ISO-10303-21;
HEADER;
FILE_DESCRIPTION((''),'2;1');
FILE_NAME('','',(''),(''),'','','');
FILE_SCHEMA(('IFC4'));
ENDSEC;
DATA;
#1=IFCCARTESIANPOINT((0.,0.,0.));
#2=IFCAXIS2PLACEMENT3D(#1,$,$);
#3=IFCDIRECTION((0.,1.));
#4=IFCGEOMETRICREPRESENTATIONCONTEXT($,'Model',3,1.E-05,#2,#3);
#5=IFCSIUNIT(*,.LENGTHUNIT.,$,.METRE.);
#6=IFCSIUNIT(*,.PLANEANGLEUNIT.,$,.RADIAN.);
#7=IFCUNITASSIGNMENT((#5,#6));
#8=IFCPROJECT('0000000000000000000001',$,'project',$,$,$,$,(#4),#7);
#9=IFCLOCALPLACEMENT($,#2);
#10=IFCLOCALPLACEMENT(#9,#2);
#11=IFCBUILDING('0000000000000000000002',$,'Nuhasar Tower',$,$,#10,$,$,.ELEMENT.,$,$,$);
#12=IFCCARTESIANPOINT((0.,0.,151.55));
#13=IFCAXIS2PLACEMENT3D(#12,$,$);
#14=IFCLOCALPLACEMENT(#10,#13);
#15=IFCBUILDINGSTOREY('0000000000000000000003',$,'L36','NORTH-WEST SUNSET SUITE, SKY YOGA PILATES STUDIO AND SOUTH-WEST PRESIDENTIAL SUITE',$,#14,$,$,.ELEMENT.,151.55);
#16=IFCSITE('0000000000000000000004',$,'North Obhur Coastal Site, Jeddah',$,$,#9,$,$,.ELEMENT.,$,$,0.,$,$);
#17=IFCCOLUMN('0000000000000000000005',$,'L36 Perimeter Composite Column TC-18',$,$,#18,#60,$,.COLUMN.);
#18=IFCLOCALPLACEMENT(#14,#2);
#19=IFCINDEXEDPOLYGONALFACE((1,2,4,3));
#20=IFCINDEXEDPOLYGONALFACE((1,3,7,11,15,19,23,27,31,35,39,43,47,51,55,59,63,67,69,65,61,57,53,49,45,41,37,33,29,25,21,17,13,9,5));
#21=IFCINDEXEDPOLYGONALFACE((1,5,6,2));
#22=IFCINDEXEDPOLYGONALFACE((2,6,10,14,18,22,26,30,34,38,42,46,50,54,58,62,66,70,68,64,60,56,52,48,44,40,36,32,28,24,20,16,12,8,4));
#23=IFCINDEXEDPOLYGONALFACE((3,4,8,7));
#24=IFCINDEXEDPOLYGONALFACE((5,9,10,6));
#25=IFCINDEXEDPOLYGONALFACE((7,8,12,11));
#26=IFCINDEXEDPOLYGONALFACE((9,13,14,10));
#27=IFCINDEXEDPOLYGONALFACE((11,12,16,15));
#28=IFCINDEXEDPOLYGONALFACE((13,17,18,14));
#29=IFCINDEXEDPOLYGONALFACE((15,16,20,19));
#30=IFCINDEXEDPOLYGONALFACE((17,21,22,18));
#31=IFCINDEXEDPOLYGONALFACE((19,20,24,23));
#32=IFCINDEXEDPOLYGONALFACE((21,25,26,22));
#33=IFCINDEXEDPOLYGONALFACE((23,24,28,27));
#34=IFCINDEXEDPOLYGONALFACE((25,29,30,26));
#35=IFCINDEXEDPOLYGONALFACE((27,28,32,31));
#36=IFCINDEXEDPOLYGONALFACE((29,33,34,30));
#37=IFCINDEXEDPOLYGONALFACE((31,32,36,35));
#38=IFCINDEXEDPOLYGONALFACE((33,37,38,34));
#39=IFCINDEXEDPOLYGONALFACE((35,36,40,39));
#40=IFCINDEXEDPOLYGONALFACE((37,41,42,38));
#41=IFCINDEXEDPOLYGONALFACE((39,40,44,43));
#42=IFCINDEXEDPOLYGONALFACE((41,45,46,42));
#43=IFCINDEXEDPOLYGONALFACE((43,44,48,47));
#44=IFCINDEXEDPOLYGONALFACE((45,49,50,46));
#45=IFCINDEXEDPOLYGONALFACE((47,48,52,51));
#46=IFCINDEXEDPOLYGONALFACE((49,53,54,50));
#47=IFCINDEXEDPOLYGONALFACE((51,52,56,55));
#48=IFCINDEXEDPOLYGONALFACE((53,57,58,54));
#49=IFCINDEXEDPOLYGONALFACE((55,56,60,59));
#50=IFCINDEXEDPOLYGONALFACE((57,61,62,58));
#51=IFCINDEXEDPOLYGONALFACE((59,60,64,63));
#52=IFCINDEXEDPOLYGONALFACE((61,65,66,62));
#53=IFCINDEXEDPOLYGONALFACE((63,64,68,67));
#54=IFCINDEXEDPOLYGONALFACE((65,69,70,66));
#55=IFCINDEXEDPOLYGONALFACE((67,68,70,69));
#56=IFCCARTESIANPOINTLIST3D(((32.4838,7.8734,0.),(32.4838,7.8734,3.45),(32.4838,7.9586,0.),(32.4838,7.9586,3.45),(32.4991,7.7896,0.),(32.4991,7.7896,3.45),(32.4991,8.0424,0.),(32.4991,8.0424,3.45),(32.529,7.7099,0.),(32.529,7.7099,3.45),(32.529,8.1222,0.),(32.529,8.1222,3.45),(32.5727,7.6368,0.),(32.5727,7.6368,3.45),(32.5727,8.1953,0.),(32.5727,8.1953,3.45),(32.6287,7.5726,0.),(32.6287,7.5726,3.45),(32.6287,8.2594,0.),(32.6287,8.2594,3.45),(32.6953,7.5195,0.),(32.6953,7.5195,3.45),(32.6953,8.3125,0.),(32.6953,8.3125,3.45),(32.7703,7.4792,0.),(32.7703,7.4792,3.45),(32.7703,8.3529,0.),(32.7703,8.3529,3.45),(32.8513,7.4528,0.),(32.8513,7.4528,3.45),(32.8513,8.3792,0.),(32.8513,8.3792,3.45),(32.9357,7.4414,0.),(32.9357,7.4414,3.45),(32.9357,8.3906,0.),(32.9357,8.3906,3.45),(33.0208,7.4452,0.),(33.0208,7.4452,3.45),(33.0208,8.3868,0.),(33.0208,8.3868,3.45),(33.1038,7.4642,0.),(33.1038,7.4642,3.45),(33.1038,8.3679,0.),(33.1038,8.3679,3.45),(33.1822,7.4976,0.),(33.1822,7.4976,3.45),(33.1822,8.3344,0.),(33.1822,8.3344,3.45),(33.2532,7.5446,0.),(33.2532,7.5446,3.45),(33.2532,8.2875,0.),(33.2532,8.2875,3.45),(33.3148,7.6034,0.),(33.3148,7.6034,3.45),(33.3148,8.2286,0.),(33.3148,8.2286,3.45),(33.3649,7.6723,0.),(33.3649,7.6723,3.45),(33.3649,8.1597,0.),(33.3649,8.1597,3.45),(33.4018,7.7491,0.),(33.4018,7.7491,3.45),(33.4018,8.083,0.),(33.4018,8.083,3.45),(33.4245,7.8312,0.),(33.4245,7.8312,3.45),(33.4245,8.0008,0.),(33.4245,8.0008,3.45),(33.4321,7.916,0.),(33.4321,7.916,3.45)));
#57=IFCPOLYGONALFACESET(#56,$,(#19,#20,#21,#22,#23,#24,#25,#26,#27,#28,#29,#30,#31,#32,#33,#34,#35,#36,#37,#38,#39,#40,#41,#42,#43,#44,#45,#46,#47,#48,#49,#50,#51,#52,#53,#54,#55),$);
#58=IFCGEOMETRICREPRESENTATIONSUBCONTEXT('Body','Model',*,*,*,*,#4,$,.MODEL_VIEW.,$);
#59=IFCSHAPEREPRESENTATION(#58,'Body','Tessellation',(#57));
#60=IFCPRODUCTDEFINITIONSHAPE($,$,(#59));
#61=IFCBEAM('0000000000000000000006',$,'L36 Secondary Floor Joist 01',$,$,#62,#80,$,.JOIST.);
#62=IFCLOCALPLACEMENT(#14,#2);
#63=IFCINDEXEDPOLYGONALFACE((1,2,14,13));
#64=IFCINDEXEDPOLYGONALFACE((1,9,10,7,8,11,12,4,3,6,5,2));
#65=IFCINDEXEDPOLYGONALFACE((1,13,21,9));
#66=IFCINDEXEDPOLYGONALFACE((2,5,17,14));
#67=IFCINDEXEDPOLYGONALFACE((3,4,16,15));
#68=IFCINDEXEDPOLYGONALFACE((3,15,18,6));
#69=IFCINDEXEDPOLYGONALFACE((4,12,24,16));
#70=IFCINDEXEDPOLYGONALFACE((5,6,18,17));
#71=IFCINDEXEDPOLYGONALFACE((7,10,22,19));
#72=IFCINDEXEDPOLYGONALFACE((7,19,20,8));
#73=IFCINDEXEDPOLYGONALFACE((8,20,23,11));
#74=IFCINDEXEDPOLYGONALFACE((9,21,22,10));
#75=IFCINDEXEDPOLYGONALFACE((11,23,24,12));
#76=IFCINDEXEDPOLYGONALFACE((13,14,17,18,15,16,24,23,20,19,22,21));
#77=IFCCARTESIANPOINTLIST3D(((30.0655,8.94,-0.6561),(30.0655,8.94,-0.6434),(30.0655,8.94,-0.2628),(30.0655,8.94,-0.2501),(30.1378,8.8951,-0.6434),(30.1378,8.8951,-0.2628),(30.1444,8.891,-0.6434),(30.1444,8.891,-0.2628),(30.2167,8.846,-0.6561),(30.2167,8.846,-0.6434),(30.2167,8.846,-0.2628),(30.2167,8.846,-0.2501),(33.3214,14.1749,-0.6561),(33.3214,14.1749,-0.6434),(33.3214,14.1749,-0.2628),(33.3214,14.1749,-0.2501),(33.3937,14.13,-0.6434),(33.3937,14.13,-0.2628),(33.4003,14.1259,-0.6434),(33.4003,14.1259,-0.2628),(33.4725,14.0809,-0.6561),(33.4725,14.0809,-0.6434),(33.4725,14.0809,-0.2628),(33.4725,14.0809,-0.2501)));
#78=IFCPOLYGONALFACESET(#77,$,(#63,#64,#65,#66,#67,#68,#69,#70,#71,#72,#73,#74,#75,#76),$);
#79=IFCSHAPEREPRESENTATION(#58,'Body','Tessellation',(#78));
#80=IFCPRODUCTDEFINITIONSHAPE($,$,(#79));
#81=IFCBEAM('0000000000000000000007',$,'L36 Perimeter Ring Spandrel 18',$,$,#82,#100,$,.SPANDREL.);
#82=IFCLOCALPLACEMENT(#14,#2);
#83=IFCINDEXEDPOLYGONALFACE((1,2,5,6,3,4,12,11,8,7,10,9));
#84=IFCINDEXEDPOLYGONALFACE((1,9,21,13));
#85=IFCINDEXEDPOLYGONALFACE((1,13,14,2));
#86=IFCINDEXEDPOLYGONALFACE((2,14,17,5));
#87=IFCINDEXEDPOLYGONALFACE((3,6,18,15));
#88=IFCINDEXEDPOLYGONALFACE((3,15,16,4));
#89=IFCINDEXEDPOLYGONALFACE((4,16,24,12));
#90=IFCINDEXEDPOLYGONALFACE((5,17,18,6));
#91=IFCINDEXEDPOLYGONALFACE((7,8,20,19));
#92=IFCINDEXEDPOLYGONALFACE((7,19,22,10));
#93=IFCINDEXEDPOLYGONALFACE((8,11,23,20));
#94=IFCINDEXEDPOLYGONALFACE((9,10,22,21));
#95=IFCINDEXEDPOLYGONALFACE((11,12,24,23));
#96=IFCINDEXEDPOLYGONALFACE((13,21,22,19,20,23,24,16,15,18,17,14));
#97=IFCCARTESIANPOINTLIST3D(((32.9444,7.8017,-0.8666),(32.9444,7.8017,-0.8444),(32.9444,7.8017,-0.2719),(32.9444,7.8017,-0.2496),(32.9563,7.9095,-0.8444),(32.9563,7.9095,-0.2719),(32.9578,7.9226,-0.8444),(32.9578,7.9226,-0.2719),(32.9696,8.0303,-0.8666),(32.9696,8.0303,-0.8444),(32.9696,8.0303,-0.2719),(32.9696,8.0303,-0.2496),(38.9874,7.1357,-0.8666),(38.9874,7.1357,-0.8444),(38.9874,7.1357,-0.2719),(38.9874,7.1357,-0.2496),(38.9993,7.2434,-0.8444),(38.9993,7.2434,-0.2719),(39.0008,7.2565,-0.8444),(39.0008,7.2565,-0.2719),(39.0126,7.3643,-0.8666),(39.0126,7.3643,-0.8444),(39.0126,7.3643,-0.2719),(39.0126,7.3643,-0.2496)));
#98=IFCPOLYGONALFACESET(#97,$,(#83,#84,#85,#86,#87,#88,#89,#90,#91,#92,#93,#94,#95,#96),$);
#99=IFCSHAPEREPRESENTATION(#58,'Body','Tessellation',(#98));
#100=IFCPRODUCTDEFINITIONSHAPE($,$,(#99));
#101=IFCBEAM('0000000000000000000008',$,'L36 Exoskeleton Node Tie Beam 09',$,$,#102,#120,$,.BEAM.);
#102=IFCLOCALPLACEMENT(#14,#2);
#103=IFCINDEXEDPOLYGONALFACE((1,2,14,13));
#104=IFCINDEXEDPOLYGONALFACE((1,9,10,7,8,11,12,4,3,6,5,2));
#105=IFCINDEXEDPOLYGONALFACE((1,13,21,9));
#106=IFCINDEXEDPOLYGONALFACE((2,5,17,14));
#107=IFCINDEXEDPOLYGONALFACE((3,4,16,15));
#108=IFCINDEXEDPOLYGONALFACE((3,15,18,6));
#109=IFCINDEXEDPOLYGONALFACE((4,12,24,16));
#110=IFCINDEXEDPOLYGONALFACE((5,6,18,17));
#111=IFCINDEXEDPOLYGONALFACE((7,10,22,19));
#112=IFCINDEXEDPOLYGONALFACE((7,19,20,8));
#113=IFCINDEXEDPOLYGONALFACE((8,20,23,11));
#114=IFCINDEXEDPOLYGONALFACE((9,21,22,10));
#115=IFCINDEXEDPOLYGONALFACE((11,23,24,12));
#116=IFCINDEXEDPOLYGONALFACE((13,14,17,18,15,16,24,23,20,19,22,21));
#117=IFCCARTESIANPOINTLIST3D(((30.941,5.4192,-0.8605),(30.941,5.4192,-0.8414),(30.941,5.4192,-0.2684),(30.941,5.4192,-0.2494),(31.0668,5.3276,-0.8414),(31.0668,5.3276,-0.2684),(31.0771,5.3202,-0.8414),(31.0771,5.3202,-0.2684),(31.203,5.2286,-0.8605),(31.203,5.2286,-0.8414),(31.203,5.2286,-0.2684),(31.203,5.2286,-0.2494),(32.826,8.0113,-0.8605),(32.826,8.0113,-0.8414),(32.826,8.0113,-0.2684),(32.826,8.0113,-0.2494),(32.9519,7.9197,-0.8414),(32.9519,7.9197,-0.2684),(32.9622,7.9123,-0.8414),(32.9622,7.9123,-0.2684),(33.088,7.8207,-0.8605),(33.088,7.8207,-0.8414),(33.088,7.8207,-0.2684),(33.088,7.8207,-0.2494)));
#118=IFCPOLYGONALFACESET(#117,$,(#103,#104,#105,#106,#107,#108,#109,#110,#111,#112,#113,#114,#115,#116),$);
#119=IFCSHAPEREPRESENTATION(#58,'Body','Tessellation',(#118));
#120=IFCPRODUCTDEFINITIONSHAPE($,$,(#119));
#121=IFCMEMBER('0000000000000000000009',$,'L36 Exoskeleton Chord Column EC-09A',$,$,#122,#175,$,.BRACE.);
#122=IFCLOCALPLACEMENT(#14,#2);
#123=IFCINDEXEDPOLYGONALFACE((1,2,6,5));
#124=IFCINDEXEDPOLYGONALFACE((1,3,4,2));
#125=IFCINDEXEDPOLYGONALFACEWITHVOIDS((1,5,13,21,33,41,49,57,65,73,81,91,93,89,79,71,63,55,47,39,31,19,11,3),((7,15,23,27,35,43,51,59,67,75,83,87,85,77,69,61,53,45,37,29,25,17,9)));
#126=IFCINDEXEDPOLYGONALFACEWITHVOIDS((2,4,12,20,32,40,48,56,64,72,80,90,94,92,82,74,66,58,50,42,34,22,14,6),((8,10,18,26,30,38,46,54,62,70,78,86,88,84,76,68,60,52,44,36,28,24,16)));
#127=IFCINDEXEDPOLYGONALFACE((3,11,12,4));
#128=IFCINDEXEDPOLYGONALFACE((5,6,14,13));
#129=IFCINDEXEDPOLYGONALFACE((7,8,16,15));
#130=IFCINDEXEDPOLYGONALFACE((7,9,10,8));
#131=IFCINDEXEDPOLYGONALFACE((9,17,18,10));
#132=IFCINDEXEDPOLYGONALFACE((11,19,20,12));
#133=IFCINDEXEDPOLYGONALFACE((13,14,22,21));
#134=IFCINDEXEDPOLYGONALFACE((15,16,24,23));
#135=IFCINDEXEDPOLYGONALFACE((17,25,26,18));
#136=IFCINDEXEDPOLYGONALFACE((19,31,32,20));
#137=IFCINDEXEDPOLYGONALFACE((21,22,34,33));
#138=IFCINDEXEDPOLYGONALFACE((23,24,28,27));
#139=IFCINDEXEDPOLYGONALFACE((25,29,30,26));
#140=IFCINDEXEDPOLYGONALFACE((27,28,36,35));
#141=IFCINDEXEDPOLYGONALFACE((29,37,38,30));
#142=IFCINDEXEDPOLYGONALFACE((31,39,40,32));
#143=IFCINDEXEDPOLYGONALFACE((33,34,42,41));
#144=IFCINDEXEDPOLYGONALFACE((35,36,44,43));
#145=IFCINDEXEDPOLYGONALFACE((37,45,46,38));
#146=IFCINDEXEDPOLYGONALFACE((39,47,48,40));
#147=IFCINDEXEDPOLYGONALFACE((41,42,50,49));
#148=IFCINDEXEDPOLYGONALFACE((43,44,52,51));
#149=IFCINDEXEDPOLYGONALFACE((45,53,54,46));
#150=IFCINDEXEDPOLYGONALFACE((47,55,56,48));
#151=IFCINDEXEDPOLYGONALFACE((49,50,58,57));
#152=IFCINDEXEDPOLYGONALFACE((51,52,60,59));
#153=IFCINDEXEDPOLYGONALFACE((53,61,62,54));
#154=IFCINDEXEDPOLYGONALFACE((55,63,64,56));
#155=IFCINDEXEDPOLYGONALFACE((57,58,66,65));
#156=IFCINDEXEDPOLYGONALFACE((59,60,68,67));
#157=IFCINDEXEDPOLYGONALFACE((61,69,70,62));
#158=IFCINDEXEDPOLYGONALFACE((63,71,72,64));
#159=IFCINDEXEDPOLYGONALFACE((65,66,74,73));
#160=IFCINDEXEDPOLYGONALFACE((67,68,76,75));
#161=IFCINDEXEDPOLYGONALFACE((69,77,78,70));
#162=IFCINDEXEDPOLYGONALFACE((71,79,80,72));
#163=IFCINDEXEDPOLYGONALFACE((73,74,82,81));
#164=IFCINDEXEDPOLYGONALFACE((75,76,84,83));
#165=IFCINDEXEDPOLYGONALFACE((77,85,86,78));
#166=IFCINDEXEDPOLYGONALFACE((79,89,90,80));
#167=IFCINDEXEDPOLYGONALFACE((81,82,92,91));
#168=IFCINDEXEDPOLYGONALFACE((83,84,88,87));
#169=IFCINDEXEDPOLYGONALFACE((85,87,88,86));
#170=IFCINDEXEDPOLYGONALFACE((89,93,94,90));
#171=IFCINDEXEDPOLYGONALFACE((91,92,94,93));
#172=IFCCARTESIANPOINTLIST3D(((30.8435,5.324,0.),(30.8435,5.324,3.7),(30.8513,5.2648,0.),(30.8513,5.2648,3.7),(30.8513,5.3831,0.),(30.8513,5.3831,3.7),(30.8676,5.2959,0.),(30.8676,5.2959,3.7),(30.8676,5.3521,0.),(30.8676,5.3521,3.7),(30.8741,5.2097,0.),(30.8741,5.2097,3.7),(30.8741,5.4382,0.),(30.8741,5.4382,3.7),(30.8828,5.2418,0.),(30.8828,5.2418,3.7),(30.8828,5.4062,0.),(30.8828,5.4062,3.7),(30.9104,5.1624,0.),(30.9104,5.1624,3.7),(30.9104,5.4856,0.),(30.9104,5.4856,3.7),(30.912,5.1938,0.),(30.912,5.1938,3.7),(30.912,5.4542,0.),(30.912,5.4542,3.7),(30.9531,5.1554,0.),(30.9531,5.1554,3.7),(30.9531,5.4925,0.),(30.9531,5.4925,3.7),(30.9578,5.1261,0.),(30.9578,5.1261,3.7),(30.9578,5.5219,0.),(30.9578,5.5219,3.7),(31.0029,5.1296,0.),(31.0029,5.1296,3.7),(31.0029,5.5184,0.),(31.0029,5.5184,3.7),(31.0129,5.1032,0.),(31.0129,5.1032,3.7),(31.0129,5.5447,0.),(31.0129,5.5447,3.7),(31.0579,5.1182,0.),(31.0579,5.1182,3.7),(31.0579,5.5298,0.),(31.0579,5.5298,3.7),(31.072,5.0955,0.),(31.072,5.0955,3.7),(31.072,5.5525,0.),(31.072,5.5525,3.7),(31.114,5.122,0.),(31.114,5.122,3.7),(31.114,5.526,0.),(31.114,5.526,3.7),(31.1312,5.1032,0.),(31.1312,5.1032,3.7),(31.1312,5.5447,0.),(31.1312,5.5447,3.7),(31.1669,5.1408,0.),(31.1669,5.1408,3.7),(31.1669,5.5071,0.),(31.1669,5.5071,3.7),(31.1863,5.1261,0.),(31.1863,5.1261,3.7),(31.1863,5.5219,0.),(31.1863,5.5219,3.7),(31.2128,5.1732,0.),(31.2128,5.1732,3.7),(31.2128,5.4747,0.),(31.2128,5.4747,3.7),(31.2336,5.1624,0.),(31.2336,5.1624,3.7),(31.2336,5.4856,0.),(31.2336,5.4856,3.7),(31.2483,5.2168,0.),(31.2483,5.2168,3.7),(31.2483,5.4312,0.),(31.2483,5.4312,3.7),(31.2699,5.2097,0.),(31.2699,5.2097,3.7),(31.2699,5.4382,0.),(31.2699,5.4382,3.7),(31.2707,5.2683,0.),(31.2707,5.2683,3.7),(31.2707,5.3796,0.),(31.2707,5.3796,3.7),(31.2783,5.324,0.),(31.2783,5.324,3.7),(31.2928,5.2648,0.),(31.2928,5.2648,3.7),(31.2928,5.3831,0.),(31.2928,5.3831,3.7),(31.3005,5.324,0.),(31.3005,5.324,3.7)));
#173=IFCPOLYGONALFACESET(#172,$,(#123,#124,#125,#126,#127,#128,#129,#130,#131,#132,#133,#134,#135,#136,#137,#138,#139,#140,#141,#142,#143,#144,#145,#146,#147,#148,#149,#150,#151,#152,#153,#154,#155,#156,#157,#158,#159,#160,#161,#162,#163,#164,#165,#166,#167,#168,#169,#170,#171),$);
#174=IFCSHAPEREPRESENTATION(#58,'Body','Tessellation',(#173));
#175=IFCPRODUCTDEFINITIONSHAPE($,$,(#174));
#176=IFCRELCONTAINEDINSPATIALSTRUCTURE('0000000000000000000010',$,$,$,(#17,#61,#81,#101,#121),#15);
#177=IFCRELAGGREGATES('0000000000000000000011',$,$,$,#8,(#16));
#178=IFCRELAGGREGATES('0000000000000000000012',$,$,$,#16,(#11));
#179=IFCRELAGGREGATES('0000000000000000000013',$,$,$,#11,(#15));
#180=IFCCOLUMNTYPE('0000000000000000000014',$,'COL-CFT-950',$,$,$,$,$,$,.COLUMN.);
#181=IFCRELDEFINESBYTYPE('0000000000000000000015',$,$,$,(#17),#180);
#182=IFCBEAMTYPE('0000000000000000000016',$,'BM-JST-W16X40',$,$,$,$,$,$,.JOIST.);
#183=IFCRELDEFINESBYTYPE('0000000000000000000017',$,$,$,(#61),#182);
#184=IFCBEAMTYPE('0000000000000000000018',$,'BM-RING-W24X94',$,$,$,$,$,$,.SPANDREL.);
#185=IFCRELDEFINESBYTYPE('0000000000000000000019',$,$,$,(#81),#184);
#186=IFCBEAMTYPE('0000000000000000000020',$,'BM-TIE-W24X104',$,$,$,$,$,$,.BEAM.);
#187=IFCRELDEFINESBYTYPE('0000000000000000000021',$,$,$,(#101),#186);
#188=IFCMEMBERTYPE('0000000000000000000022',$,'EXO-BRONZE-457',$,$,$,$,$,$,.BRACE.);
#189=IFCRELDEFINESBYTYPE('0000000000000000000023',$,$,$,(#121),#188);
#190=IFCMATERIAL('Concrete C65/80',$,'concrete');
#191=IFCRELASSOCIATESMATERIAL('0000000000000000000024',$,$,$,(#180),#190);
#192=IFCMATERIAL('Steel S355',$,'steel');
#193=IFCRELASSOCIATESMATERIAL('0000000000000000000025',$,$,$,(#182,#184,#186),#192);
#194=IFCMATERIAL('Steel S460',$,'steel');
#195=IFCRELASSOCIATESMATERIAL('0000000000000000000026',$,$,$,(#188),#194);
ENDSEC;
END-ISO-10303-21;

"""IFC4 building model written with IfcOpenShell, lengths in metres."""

from ifc_helpers import new_model, si_unit, direction, frame, origin, origin_2d, place, context, subcontext, project, spatial, circle, hollow_circle, i_section, extrude, material, material_profile, profile_set, type_object, element, save


model = new_model("IFC4")

# Units and contexts
model_context = context("Model", 3, precision=1e-05, world=origin(), true_north=direction((0.0, 1.0)))
body_context = subcontext(model_context, "Body", "Model", "MODEL_VIEW")
ifc_project = project(units=[si_unit("LENGTHUNIT", "METRE"), si_unit("PLANEANGLEUNIT", "RADIAN")], contexts=[model_context])

# Site, building, storey
site_placement = place(None, origin())
site = spatial("IfcSite", under=ifc_project, at=site_placement, Name="North Obhur Coastal Site, Jeddah", CompositionType="ELEMENT", RefElevation=0.0)
building_placement = place(site_placement, origin())
building = spatial("IfcBuilding", under=site, at=building_placement, Name="Nuhasar Tower", CompositionType="ELEMENT")
storey_placement = place(building_placement, frame((0.0, 0.0, 151.55)))
storey = spatial("IfcBuildingStorey", under=building, at=storey_placement, Name="L36", Description="NORTH-WEST SUNSET SUITE, SKY YOGA PILATES STUDIO AND SOUTH-WEST PRESIDENTIAL SUITE", CompositionType="ELEMENT", Elevation=151.55)

# Column
ifc_material_1 = material(Name="Concrete C65/80", Category="concrete")
ifc_material_profile_1 = material_profile(ifc_material_1, circle(Radius=0.4751, at=origin_2d()), Name="CFT950")
ifc_profile_set_1 = profile_set([ifc_material_profile_1], Name="Concrete C65/80")
column_type = type_object("IfcColumnType", Name="COL-CFT-950", PredefinedType="COLUMN", material=ifc_profile_set_1)
column_placement = place(storey_placement, frame((32.957, 7.916, 0.0), z_axis=(0.0, 0.0, 1.0), x_axis=(1.0, 0.0, 0.0)))
element("IfcColumn", 1, at=column_placement, inside=storey, type_object=column_type, Name="L36 Perimeter Composite Column TC-18", PredefinedType="COLUMN", context=body_context, shape_type="SweptSolid", body=[
    extrude(circle(Radius=0.4751, at=origin_2d()), origin(), (0.0, 0.0, 1.0), 3.45),
])

# Beams
ifc_material_2 = material(Name="Steel S355", Category="steel")
ifc_material_profile_2 = material_profile(ifc_material_2, i_section(OverallWidth=0.178, OverallDepth=0.406, WebThickness=0.0078, FlangeThickness=0.0127, at=origin_2d()), Name="W16X40")
ifc_profile_set_2 = profile_set([ifc_material_profile_2], Name="Steel S355")
beam_type_1 = type_object("IfcBeamType", Name="BM-JST-W16X40", PredefinedType="JOIST", material=ifc_profile_set_2)
beam_1_placement = place(storey_placement, frame((33.397, 14.1279, -0.4531), z_axis=(-0.528139, -0.849158, 0.0), x_axis=(0.849158, -0.528139, 0.0)))
element("IfcBeam", 2, at=beam_1_placement, inside=storey, type_object=beam_type_1, Name="L36 Secondary Floor Joist 01", PredefinedType="JOIST", context=body_context, shape_type="SweptSolid", body=[
    extrude(i_section(OverallWidth=0.178, OverallDepth=0.406, WebThickness=0.0078, FlangeThickness=0.0127, at=origin_2d()), origin(), (0.0, 0.0, 1.0), 6.1648),
])
ifc_material_profile_3 = material_profile(ifc_material_2, i_section(OverallWidth=0.23, OverallDepth=0.6169, WebThickness=0.0132, FlangeThickness=0.0222, at=origin_2d()), Name="W24X94")
ifc_profile_set_3 = profile_set([ifc_material_profile_3], Name="Steel S355")
beam_type_2 = type_object("IfcBeamType", Name="BM-RING-W24X94", PredefinedType="SPANDREL", material=ifc_profile_set_3)
beam_2_placement = place(storey_placement, frame((32.957, 7.916, -0.5581), z_axis=(0.993981, -0.10955, 0.0), x_axis=(0.10955, 0.993981, 0.0)))
element("IfcBeam", 3, at=beam_2_placement, inside=storey, type_object=beam_type_2, Name="L36 Perimeter Ring Spandrel 18", PredefinedType="SPANDREL", context=body_context, shape_type="SweptSolid", body=[
    extrude(i_section(OverallWidth=0.23, OverallDepth=0.6169, WebThickness=0.0132, FlangeThickness=0.0222, at=origin_2d()), origin(), (0.0, 0.0, 1.0), 6.0796),
])
ifc_material_profile_4 = material_profile(ifc_material_2, i_section(OverallWidth=0.324, OverallDepth=0.6111, WebThickness=0.0127, FlangeThickness=0.019, at=origin_2d()), Name="W24X104")
ifc_profile_set_4 = profile_set([ifc_material_profile_4], Name="Steel S355")
beam_type_3 = type_object("IfcBeamType", Name="BM-TIE-W24X104", PredefinedType="BEAM", material=ifc_profile_set_4)
beam_3_placement = place(storey_placement, frame((32.957, 7.916, -0.5549), z_axis=(-0.588149, -0.808753, 0.0), x_axis=(0.808753, -0.588149, 0.0)))
element("IfcBeam", 4, at=beam_3_placement, inside=storey, type_object=beam_type_3, Name="L36 Exoskeleton Node Tie Beam 09", PredefinedType="BEAM", context=body_context, shape_type="SweptSolid", body=[
    extrude(i_section(OverallWidth=0.324, OverallDepth=0.6111, WebThickness=0.0127, FlangeThickness=0.019, at=origin_2d()), origin(), (0.0, 0.0, 1.0), 3.2051),
])

# Member
ifc_material_3 = material(Name="Steel S460", Category="steel")
ifc_material_profile_5 = material_profile(ifc_material_3, hollow_circle(Radius=0.2285, WallThickness=0.0222, at=origin_2d()), Name="HSS457X22.2")
ifc_profile_set_5 = profile_set([ifc_material_profile_5], Name="Steel S460")
member_type = type_object("IfcMemberType", Name="EXO-BRONZE-457", PredefinedType="BRACE", material=ifc_profile_set_5)
for number, where, z_axis, x_axis, name in (
    (5, (31.072, 5.324, 0.0), (0.0, 0.0, 1.0), (1.0, 0.0, 0.0), "L36 Exoskeleton Chord Column EC-09A"),
):
    element("IfcMember", number, at=place(storey_placement, frame(where, z_axis=z_axis, x_axis=x_axis)), inside=storey, type_object=member_type, Name=name, PredefinedType="BRACE", context=body_context, shape_type="SweptSolid", body=[
        extrude(hollow_circle(Radius=0.2285, WallThickness=0.0222, at=origin_2d()), origin(), (0.0, 0.0, 1.0), 3.7),
    ])

save(model, "model.ifc")
